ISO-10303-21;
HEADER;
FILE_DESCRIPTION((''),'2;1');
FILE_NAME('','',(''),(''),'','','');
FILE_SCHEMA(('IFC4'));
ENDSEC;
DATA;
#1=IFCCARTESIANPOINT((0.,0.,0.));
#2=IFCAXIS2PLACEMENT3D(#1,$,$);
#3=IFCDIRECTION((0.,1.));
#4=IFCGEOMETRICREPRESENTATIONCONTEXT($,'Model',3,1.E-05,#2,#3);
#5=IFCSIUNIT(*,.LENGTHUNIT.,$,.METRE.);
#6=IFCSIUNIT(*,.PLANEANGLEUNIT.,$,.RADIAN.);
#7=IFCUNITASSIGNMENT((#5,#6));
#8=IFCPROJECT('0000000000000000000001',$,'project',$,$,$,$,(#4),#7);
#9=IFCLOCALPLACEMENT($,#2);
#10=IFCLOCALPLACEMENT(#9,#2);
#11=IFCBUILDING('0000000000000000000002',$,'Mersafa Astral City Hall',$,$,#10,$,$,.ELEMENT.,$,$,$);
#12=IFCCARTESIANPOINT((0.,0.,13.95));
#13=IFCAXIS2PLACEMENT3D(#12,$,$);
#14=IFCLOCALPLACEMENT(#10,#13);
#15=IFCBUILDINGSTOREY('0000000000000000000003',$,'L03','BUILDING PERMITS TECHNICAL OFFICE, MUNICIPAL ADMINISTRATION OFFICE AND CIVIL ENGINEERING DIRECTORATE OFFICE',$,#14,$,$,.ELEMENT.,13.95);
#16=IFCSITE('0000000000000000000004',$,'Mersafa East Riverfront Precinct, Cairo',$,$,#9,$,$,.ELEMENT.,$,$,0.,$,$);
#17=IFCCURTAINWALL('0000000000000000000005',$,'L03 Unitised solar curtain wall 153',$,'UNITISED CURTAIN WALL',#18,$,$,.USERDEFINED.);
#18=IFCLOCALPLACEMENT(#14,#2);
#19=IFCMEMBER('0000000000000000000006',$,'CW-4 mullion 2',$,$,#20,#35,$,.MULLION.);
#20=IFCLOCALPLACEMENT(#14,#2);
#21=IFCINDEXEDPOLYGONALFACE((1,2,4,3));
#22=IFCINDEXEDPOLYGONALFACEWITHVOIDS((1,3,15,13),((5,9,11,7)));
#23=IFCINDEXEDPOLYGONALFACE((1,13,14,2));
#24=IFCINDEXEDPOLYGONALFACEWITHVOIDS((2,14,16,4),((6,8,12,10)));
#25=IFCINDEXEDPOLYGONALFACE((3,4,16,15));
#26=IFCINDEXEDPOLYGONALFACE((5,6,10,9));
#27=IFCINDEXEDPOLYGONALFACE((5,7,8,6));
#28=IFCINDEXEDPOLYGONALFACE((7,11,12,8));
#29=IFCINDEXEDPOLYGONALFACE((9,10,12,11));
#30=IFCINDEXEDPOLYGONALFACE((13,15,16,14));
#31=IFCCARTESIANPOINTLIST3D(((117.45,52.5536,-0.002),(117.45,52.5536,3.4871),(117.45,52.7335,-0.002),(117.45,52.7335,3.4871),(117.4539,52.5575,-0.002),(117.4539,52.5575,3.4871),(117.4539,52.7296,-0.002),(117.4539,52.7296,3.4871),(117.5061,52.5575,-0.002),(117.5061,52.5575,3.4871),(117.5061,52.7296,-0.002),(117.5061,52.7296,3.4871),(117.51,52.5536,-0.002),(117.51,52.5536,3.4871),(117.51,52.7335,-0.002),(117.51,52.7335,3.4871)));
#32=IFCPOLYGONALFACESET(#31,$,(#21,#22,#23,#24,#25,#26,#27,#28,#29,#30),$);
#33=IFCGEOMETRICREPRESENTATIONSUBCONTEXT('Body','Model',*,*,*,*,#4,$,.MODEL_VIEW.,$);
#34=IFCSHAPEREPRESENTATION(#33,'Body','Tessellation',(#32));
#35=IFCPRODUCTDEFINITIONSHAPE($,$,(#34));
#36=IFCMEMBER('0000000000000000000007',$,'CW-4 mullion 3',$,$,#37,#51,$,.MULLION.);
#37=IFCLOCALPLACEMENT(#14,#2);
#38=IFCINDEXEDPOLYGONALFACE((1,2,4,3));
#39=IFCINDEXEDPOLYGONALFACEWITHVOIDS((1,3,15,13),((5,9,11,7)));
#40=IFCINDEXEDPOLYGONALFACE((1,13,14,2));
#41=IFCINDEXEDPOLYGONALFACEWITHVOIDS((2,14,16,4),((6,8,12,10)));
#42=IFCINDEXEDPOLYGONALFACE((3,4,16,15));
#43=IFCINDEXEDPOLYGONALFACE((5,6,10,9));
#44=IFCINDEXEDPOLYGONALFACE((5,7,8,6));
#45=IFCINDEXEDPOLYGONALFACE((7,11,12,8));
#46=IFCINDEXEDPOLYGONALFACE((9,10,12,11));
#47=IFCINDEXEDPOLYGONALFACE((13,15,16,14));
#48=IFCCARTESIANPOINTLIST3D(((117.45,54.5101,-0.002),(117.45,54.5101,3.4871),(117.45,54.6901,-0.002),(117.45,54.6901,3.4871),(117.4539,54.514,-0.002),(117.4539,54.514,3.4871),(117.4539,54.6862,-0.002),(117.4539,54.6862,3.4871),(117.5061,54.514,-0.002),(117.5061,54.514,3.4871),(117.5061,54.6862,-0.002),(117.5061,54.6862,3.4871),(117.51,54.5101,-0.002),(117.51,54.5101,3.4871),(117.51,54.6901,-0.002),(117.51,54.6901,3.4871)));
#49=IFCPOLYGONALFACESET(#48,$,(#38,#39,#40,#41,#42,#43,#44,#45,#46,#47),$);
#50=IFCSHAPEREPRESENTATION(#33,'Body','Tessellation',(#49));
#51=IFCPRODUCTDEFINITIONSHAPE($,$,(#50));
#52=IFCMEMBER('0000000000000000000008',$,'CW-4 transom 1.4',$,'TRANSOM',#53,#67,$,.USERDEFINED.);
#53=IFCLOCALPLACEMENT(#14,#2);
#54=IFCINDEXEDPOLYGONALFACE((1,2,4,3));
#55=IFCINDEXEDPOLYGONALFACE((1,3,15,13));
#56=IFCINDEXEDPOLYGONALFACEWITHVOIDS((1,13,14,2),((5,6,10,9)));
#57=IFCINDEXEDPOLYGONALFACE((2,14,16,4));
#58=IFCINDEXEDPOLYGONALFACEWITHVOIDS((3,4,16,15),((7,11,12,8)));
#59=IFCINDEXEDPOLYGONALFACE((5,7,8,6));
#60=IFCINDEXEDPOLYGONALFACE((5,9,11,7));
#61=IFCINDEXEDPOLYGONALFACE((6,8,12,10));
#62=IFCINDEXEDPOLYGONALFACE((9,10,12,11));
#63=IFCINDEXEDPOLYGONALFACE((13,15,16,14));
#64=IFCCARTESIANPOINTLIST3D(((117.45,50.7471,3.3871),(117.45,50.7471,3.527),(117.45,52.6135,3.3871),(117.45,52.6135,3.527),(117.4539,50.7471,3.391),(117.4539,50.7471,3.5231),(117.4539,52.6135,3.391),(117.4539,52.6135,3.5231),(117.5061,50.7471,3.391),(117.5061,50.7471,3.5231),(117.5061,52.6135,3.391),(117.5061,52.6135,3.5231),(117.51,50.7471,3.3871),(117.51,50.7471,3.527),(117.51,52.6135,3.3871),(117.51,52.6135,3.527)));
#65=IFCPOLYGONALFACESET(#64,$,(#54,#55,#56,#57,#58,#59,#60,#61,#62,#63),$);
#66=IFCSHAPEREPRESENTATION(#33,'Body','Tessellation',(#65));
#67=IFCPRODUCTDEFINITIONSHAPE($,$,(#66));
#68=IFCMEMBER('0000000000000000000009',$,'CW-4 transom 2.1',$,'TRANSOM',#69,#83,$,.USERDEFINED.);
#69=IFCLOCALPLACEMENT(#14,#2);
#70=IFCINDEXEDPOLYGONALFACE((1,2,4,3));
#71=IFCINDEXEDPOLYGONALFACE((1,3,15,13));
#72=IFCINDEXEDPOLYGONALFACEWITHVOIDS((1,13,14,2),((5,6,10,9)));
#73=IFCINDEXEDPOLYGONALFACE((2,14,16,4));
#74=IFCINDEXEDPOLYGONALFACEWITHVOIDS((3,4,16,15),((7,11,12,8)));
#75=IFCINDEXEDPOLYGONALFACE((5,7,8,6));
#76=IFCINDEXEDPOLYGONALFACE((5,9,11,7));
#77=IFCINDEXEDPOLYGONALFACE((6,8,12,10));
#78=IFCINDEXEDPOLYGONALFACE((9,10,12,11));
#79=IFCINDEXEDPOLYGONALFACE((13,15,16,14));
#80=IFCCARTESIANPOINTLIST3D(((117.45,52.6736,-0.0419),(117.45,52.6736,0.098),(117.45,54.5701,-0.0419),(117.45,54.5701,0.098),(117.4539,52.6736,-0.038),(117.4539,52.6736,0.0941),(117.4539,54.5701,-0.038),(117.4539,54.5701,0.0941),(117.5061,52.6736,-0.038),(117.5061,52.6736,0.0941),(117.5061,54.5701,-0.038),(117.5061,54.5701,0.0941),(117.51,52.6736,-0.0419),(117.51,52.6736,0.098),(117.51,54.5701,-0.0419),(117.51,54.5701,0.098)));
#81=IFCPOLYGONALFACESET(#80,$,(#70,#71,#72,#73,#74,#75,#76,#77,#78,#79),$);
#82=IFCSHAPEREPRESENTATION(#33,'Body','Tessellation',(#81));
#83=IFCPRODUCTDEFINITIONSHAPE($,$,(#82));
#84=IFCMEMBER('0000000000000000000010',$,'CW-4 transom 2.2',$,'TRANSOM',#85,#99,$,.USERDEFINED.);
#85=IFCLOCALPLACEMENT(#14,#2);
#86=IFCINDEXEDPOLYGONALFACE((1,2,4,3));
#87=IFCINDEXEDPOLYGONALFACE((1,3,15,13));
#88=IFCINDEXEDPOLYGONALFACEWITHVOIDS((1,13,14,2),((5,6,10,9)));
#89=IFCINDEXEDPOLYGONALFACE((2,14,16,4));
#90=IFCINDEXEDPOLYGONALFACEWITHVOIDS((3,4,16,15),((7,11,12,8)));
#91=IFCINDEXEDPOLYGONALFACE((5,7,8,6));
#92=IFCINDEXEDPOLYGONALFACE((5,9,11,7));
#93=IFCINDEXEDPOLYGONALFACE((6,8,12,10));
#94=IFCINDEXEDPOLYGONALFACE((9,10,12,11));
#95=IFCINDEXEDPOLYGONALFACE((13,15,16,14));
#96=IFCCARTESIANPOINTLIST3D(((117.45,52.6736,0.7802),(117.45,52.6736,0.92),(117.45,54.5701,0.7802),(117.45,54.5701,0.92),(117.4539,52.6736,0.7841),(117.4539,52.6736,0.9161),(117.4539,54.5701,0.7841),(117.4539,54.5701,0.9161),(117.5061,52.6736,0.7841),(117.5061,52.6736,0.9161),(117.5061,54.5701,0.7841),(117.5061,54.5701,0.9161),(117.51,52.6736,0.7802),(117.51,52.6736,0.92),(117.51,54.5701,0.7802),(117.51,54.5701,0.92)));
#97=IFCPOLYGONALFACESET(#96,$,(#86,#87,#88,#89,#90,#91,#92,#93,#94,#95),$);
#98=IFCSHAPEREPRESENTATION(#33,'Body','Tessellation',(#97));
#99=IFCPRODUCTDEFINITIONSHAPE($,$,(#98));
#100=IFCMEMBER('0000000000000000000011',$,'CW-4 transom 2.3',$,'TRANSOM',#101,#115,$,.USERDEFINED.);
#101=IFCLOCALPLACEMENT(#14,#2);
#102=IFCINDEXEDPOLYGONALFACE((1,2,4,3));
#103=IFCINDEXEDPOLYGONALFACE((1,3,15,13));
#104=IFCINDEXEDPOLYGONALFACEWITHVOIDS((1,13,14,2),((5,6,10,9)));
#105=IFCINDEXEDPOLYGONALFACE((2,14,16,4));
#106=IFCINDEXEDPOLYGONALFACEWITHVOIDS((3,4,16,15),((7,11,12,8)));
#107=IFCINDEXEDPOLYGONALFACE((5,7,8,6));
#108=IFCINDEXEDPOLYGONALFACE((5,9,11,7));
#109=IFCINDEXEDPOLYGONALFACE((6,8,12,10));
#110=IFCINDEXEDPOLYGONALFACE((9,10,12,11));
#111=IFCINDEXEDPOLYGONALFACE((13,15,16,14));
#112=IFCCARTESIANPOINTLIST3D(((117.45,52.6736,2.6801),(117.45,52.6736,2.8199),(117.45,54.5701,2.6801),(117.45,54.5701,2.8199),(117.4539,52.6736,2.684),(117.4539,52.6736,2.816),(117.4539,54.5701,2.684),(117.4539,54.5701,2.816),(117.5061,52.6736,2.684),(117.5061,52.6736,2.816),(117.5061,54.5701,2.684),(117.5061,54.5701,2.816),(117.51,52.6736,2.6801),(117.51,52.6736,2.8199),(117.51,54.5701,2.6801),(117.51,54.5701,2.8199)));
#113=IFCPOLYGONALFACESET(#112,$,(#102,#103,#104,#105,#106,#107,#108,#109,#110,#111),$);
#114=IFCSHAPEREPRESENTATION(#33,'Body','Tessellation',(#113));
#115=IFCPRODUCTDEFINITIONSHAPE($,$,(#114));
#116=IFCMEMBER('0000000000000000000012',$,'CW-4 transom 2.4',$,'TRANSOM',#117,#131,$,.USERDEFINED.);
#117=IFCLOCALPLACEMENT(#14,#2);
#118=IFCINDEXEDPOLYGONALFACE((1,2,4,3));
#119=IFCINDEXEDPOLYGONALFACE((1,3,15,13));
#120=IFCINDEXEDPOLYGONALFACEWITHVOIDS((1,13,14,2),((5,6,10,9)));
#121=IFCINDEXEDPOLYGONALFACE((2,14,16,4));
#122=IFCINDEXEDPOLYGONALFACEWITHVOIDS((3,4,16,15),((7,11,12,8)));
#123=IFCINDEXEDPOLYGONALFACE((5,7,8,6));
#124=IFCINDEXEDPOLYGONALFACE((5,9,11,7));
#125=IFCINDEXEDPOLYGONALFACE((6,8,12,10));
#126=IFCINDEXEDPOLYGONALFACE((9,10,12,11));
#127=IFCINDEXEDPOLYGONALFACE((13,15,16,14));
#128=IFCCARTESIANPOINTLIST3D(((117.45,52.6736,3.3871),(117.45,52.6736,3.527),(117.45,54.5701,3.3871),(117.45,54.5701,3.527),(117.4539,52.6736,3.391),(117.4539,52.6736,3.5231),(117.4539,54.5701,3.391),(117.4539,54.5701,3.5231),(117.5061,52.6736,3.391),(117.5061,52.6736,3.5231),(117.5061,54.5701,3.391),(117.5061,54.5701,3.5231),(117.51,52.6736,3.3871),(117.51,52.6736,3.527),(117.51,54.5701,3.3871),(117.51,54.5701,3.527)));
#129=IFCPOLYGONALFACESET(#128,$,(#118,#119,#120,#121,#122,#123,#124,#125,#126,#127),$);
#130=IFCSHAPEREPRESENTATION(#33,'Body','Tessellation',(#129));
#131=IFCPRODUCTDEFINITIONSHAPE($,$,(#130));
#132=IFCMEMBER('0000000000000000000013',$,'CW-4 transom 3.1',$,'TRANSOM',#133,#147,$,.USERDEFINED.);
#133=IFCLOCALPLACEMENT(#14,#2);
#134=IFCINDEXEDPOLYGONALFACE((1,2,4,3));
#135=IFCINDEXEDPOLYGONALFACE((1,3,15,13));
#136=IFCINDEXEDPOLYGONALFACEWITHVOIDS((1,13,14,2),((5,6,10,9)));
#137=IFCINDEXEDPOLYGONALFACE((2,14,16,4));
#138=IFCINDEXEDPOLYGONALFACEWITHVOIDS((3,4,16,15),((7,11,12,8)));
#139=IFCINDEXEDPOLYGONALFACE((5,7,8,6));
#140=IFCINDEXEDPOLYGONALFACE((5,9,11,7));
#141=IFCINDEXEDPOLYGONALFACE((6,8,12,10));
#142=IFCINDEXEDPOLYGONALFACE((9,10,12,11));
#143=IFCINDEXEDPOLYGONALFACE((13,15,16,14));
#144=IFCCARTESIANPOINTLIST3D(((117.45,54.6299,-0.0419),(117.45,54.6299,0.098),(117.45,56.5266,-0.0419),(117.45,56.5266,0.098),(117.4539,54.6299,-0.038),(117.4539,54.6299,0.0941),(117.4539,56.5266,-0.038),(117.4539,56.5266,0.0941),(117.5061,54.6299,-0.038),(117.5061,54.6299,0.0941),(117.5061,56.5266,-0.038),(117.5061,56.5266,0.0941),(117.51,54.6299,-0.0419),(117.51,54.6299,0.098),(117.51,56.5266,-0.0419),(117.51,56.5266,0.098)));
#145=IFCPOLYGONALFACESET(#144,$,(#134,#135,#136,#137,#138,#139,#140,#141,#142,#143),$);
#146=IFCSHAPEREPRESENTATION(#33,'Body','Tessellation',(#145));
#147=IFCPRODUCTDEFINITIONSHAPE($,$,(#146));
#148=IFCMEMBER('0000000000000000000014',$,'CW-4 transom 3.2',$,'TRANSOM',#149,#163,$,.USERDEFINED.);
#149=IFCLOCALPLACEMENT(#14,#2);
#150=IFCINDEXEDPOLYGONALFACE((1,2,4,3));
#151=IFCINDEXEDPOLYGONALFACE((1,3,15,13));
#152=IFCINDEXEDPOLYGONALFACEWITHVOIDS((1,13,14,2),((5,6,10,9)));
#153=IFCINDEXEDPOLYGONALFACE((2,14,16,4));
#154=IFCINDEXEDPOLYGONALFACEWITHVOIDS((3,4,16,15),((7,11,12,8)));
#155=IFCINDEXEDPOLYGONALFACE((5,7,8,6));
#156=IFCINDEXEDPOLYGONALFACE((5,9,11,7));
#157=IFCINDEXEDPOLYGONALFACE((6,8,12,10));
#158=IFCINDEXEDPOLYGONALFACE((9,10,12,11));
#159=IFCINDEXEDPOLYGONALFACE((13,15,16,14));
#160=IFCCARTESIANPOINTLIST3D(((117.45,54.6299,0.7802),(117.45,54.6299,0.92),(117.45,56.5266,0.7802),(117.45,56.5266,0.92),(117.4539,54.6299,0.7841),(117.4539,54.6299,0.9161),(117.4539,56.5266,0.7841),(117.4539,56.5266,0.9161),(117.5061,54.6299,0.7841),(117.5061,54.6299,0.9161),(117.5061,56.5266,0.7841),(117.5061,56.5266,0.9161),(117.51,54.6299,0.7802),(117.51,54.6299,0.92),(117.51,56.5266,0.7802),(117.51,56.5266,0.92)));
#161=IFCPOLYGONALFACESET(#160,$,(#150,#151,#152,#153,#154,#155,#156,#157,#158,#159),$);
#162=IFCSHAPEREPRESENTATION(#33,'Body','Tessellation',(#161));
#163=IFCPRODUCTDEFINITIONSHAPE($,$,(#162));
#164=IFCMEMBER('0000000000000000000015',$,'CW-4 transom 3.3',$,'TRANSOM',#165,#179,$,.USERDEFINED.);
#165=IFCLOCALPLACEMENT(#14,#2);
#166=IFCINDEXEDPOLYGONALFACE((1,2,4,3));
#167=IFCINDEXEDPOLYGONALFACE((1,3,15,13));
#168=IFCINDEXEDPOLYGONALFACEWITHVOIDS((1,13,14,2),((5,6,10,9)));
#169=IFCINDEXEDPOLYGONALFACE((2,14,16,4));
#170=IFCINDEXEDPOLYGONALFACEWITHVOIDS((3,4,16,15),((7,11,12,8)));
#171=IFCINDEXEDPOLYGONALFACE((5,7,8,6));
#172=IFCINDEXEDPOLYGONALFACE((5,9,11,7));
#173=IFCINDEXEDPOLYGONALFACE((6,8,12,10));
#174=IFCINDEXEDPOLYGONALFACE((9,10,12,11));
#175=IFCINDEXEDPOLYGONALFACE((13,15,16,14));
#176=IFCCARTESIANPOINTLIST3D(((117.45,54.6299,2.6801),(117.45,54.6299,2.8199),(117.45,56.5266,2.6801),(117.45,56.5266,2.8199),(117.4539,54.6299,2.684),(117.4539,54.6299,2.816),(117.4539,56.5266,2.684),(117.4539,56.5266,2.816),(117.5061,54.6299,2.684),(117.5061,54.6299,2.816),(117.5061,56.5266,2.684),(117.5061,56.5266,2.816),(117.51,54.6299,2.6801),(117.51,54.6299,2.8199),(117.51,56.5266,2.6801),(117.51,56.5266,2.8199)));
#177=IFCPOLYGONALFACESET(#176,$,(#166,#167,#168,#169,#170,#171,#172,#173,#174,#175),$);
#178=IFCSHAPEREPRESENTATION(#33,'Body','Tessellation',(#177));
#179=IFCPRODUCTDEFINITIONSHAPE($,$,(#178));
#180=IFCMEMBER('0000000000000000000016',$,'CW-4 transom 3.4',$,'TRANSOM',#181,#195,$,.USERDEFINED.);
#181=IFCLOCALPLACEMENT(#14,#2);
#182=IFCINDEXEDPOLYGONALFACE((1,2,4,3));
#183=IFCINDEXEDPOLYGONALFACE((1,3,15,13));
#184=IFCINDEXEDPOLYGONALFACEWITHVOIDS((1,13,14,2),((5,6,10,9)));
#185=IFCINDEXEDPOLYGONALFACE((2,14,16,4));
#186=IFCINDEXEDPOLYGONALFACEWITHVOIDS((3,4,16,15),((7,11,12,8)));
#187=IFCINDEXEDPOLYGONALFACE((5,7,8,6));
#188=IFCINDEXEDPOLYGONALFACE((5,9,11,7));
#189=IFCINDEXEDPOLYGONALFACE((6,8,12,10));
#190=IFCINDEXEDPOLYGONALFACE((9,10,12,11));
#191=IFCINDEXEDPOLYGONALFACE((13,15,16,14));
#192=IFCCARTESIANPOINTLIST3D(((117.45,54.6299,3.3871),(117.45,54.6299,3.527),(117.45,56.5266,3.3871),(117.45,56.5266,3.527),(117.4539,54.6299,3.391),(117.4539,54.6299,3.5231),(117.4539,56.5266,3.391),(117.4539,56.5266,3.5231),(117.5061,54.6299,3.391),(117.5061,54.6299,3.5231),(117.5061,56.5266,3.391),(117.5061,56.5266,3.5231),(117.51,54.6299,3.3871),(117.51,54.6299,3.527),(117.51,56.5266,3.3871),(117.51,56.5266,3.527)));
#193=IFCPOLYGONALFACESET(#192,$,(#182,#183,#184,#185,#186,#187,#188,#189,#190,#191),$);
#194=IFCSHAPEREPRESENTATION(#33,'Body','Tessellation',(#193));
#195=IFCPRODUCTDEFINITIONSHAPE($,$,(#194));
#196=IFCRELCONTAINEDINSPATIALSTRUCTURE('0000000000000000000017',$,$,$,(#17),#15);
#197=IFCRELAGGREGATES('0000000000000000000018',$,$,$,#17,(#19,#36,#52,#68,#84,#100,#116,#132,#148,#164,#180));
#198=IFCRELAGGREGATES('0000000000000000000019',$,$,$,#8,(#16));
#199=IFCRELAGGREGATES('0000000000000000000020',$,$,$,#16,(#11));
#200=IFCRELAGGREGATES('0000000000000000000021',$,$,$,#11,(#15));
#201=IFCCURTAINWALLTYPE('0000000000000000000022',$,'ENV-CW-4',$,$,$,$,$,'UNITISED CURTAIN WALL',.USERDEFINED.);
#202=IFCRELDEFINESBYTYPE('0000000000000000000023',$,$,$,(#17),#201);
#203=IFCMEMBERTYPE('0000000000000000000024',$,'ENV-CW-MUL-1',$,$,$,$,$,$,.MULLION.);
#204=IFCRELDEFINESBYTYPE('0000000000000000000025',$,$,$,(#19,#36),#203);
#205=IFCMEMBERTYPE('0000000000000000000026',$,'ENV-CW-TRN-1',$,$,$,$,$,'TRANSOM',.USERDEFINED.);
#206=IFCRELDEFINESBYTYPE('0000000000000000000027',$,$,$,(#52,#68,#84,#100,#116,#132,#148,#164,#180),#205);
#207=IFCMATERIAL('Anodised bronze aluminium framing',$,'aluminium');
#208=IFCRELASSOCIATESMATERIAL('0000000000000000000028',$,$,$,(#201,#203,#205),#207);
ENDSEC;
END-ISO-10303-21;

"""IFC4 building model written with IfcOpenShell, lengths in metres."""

from ifc_helpers import new_model, si_unit, direction, frame, origin, origin_2d, place, context, subcontext, project, spatial, hollow_rectangle, extrude, material, material_profile, profile_set, type_object, element, aggregate, save


model = new_model("IFC4")

# Units and contexts
model_context = context("Model", 3, precision=1e-05, world=origin(), true_north=direction((0.0, 1.0)))
body_context = subcontext(model_context, "Body", "Model", "MODEL_VIEW")
ifc_project = project(units=[si_unit("LENGTHUNIT", "METRE"), si_unit("PLANEANGLEUNIT", "RADIAN")], contexts=[model_context])

# Site, building, storey
site_placement = place(None, origin())
site = spatial("IfcSite", under=ifc_project, at=site_placement, Name="Mersafa East Riverfront Precinct, Cairo", CompositionType="ELEMENT", RefElevation=0.0)
building_placement = place(site_placement, origin())
building = spatial("IfcBuilding", under=site, at=building_placement, Name="Mersafa Astral City Hall", CompositionType="ELEMENT")
storey_placement = place(building_placement, frame((0.0, 0.0, 13.95)))
storey = spatial("IfcBuildingStorey", under=building, at=storey_placement, Name="L03", Description="BUILDING PERMITS TECHNICAL OFFICE, MUNICIPAL ADMINISTRATION OFFICE AND CIVIL ENGINEERING DIRECTORATE OFFICE", CompositionType="ELEMENT", Elevation=13.95)

# Curtain wall, members
ifc_material_1 = material(Name="Anodised bronze aluminium framing", Category="aluminium")
curtain_wall_type = type_object("IfcCurtainWallType", Name="ENV-CW-4", ElementType="UNITISED CURTAIN WALL", PredefinedType="USERDEFINED", material=ifc_material_1)
curtain_wall_placement = place(storey_placement, origin())
curtain_wall = element("IfcCurtainWall", 1, at=curtain_wall_placement, inside=storey, type_object=curtain_wall_type, Name="L03 Unitised solar curtain wall 153", ObjectType="UNITISED CURTAIN WALL", PredefinedType="USERDEFINED")
ifc_material_profile_1 = material_profile(ifc_material_1, hollow_rectangle(XDim=0.0601, YDim=0.1799, WallThickness=0.0039, at=origin_2d()), Name="RHS 60x180x4")
ifc_profile_set_1 = profile_set([ifc_material_profile_1], Name="Anodised bronze aluminium framing")
member_type_1 = type_object("IfcMemberType", Name="ENV-CW-MUL-1", PredefinedType="MULLION", material=ifc_profile_set_1)
member_1_placement = place(storey_placement, frame((117.48, 52.6436, -0.002), z_axis=(0.0, 0.0, 1.0), x_axis=(-1.0, 0.0, 0.0)))
member_1 = element("IfcMember", 2, at=member_1_placement, type_object=member_type_1, Name="CW-4 mullion 2", PredefinedType="MULLION", context=body_context, shape_type="SweptSolid", body=[
    extrude(hollow_rectangle(XDim=0.0601, YDim=0.1799, WallThickness=0.0039, at=origin_2d()), origin(), (0.0, 0.0, 1.0), 3.489),
])
member_2_placement = place(storey_placement, frame((117.48, 54.6001, -0.002), z_axis=(0.0, 0.0, 1.0), x_axis=(-1.0, 0.0, 0.0)))
member_2 = element("IfcMember", 3, at=member_2_placement, type_object=member_type_1, Name="CW-4 mullion 3", PredefinedType="MULLION", context=body_context, shape_type="SweptSolid", body=[
    extrude(hollow_rectangle(XDim=0.0601, YDim=0.1799, WallThickness=0.0039, at=origin_2d()), origin(), (0.0, 0.0, 1.0), 3.489),
])
ifc_material_profile_2 = material_profile(ifc_material_1, hollow_rectangle(XDim=0.0601, YDim=0.1399, WallThickness=0.0039, at=origin_2d()), Name="RHS 60x140x4")
ifc_profile_set_2 = profile_set([ifc_material_profile_2], Name="Anodised bronze aluminium framing")
member_type_2 = type_object("IfcMemberType", Name="ENV-CW-TRN-1", ElementType="TRANSOM", PredefinedType="USERDEFINED", material=ifc_profile_set_2)
member_3_placement = place(storey_placement, frame((117.48, 50.7471, 3.457), z_axis=(0.0, 1.0, 0.0), x_axis=(-1.0, 0.0, 0.0)))
member_3 = element("IfcMember", 4, at=member_3_placement, type_object=member_type_2, Name="CW-4 transom 1.4", ObjectType="TRANSOM", PredefinedType="USERDEFINED", context=body_context, shape_type="SweptSolid", body=[
    extrude(hollow_rectangle(XDim=0.0601, YDim=0.1399, WallThickness=0.0039, at=origin_2d()), origin(), (0.0, 0.0, 1.0), 1.8665),
])
member_4_placement = place(storey_placement, frame((117.48, 52.6736, 0.0281), z_axis=(0.0, 1.0, 0.0), x_axis=(-1.0, 0.0, 0.0)))
member_4 = element("IfcMember", 5, at=member_4_placement, type_object=member_type_2, Name="CW-4 transom 2.1", ObjectType="TRANSOM", PredefinedType="USERDEFINED", context=body_context, shape_type="SweptSolid", body=[
    extrude(hollow_rectangle(XDim=0.0601, YDim=0.1399, WallThickness=0.0039, at=origin_2d()), origin(), (0.0, 0.0, 1.0), 1.8965),
])
member_5_placement = place(storey_placement, frame((117.48, 52.6736, 0.8501), z_axis=(0.0, 1.0, 0.0), x_axis=(-1.0, 0.0, 0.0)))
member_5 = element("IfcMember", 6, at=member_5_placement, type_object=member_type_2, Name="CW-4 transom 2.2", ObjectType="TRANSOM", PredefinedType="USERDEFINED", context=body_context, shape_type="SweptSolid", body=[
    extrude(hollow_rectangle(XDim=0.0601, YDim=0.1399, WallThickness=0.0039, at=origin_2d()), origin(), (0.0, 0.0, 1.0), 1.8965),
])
member_6_placement = place(storey_placement, frame((117.48, 52.6736, 2.75), z_axis=(0.0, 1.0, 0.0), x_axis=(-1.0, 0.0, 0.0)))
member_6 = element("IfcMember", 7, at=member_6_placement, type_object=member_type_2, Name="CW-4 transom 2.3", ObjectType="TRANSOM", PredefinedType="USERDEFINED", context=body_context, shape_type="SweptSolid", body=[
    extrude(hollow_rectangle(XDim=0.0601, YDim=0.1399, WallThickness=0.0039, at=origin_2d()), origin(), (0.0, 0.0, 1.0), 1.8965),
])
member_7_placement = place(storey_placement, frame((117.48, 52.6736, 3.457), z_axis=(0.0, 1.0, 0.0), x_axis=(-1.0, 0.0, 0.0)))
member_7 = element("IfcMember", 8, at=member_7_placement, type_object=member_type_2, Name="CW-4 transom 2.4", ObjectType="TRANSOM", PredefinedType="USERDEFINED", context=body_context, shape_type="SweptSolid", body=[
    extrude(hollow_rectangle(XDim=0.0601, YDim=0.1399, WallThickness=0.0039, at=origin_2d()), origin(), (0.0, 0.0, 1.0), 1.8965),
])
member_8_placement = place(storey_placement, frame((117.48, 54.6299, 0.0281), z_axis=(0.0, 1.0, 0.0), x_axis=(-1.0, 0.0, 0.0)))
member_8 = element("IfcMember", 9, at=member_8_placement, type_object=member_type_2, Name="CW-4 transom 3.1", ObjectType="TRANSOM", PredefinedType="USERDEFINED", context=body_context, shape_type="SweptSolid", body=[
    extrude(hollow_rectangle(XDim=0.0601, YDim=0.1399, WallThickness=0.0039, at=origin_2d()), origin(), (0.0, 0.0, 1.0), 1.8967),
])
member_9_placement = place(storey_placement, frame((117.48, 54.6299, 0.8501), z_axis=(0.0, 1.0, 0.0), x_axis=(-1.0, 0.0, 0.0)))
member_9 = element("IfcMember", 10, at=member_9_placement, type_object=member_type_2, Name="CW-4 transom 3.2", ObjectType="TRANSOM", PredefinedType="USERDEFINED", context=body_context, shape_type="SweptSolid", body=[
    extrude(hollow_rectangle(XDim=0.0601, YDim=0.1399, WallThickness=0.0039, at=origin_2d()), origin(), (0.0, 0.0, 1.0), 1.8967),
])
member_10_placement = place(storey_placement, frame((117.48, 54.6299, 2.75), z_axis=(0.0, 1.0, 0.0), x_axis=(-1.0, 0.0, 0.0)))
member_10 = element("IfcMember", 11, at=member_10_placement, type_object=member_type_2, Name="CW-4 transom 3.3", ObjectType="TRANSOM", PredefinedType="USERDEFINED", context=body_context, shape_type="SweptSolid", body=[
    extrude(hollow_rectangle(XDim=0.0601, YDim=0.1399, WallThickness=0.0039, at=origin_2d()), origin(), (0.0, 0.0, 1.0), 1.8967),
])
member_11_placement = place(storey_placement, frame((117.48, 54.6299, 3.457), z_axis=(0.0, 1.0, 0.0), x_axis=(-1.0, 0.0, 0.0)))
member_11 = element("IfcMember", 12, at=member_11_placement, type_object=member_type_2, Name="CW-4 transom 3.4", ObjectType="TRANSOM", PredefinedType="USERDEFINED", context=body_context, shape_type="SweptSolid", body=[
    extrude(hollow_rectangle(XDim=0.0601, YDim=0.1399, WallThickness=0.0039, at=origin_2d()), origin(), (0.0, 0.0, 1.0), 1.8967),
])
aggregate(curtain_wall, [member_1, member_2, member_3, member_4, member_5, member_6, member_7, member_8, member_9, member_10, member_11])

save(model, "model.ifc")
